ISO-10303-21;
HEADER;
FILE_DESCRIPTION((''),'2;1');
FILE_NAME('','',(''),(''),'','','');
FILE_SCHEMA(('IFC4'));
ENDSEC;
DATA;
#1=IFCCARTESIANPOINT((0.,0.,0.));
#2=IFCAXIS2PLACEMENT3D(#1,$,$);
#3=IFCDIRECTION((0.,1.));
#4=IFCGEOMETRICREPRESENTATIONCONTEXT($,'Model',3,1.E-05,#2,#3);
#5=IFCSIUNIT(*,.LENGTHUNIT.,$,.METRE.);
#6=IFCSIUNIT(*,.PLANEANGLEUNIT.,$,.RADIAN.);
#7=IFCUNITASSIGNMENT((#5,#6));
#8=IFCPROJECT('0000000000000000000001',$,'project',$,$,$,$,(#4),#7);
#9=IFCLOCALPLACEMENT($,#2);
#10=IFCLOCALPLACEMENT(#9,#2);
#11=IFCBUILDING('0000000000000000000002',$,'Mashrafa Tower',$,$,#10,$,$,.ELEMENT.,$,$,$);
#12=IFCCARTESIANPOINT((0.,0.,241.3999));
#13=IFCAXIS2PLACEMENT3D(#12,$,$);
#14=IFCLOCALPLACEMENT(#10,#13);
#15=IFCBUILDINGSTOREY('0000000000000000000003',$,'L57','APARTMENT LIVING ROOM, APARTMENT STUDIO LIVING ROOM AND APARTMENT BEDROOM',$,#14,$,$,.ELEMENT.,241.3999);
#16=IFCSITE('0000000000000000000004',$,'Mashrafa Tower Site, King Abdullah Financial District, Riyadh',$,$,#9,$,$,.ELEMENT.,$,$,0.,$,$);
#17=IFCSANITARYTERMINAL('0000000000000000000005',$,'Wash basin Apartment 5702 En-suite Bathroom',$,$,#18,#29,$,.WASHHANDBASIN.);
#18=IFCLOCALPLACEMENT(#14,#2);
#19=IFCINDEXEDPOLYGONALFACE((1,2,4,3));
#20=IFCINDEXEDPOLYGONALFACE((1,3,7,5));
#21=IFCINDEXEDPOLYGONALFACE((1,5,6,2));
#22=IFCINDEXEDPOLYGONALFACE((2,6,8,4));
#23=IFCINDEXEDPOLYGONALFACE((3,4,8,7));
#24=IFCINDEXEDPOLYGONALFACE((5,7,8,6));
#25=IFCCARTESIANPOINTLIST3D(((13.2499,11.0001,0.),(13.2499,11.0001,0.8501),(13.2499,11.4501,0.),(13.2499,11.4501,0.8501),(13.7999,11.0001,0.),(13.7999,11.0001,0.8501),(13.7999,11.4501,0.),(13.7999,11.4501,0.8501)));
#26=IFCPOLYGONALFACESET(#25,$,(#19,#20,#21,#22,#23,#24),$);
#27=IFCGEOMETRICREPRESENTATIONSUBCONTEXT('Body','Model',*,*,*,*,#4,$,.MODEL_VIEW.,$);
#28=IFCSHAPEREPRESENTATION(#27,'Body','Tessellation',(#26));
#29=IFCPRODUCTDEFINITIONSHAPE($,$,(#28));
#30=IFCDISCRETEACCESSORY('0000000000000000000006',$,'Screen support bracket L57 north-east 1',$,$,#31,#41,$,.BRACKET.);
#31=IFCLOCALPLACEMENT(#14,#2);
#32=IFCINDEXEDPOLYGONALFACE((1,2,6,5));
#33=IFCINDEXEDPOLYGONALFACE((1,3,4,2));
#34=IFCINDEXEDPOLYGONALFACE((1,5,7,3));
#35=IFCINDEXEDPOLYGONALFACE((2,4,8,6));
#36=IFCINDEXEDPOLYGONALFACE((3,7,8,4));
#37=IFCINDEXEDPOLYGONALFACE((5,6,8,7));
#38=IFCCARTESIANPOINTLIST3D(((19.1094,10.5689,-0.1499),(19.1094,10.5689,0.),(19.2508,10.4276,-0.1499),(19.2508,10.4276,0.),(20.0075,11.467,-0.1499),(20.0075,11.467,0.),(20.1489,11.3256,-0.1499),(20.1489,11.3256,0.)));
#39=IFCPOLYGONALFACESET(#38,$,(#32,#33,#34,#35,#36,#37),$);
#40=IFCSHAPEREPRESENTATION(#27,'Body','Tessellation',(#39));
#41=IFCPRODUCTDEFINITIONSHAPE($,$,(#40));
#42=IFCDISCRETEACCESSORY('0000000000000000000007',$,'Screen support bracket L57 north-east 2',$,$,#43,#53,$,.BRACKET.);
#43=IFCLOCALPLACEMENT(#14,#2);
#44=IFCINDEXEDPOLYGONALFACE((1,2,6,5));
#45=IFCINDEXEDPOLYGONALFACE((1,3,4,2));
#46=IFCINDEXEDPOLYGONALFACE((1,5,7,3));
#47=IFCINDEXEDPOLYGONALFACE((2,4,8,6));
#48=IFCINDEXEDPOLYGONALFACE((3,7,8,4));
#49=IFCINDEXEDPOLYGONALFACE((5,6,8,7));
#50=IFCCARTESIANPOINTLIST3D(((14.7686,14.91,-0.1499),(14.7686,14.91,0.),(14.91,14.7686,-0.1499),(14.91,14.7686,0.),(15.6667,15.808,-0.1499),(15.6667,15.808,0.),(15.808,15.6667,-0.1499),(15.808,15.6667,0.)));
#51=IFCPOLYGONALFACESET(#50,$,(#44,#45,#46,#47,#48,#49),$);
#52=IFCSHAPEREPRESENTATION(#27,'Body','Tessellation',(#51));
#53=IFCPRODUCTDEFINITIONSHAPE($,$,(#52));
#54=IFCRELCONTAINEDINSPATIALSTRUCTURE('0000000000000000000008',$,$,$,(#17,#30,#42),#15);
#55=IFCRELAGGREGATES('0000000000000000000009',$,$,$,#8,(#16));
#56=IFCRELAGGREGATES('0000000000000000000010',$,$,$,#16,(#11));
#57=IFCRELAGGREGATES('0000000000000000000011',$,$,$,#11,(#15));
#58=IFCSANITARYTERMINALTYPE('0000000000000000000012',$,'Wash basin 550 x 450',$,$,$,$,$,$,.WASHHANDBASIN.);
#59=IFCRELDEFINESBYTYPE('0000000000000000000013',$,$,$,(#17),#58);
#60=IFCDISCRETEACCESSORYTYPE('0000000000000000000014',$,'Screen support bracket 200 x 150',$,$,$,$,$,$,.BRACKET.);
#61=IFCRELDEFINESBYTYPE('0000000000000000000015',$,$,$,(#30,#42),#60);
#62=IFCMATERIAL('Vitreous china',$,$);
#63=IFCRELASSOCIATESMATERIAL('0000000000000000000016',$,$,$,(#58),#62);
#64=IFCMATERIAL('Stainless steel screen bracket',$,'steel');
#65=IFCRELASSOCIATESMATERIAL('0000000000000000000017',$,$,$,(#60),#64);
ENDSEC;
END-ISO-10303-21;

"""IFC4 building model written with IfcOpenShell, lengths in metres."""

from ifc_helpers import new_model, si_unit, direction, frame, origin, origin_2d, place, context, subcontext, project, spatial, rectangle, extrude, source, transform, mapped, material, type_object, type_shapes, element, save


model = new_model("IFC4")

# Units and contexts
model_context = context("Model", 3, precision=1e-05, world=origin(), true_north=direction((0.0, 1.0)))
body_context = subcontext(model_context, "Body", "Model", "MODEL_VIEW")
ifc_project = project(units=[si_unit("LENGTHUNIT", "METRE"), si_unit("PLANEANGLEUNIT", "RADIAN")], contexts=[model_context])

# Site, building, storey
site_placement = place(None, origin())
site = spatial("IfcSite", under=ifc_project, at=site_placement, Name="Mashrafa Tower Site, King Abdullah Financial District, Riyadh", CompositionType="ELEMENT", RefElevation=0.0)
building_placement = place(site_placement, origin())
building = spatial("IfcBuilding", under=site, at=building_placement, Name="Mashrafa Tower", CompositionType="ELEMENT")
storey_placement = place(building_placement, frame((0.0, 0.0, 241.3999)))
storey = spatial("IfcBuildingStorey", under=building, at=storey_placement, Name="L57", Description="APARTMENT LIVING ROOM, APARTMENT STUDIO LIVING ROOM AND APARTMENT BEDROOM", CompositionType="ELEMENT", Elevation=241.3999)

# Sanitary terminal
ifc_material_1 = material(Name="Vitreous china")
sanitary_terminal_type_1 = type_object("IfcSanitaryTerminalType", Name="Wash basin 550 x 450", PredefinedType="WASHHANDBASIN", material=ifc_material_1)
sanitary_terminal_1_placement = place(storey_placement, frame((13.5249, 11.2251, 0.0), z_axis=(0.0, 0.0, 1.0), x_axis=(-1.0, 0.0, 0.0)))
element("IfcSanitaryTerminal", 1, at=sanitary_terminal_1_placement, inside=storey, type_object=sanitary_terminal_type_1, Name="Wash basin Apartment 5702 En-suite Bathroom", PredefinedType="WASHHANDBASIN", context=body_context, shape_type="SweptSolid", body=[
    extrude(rectangle(XDim=0.55, YDim=0.45, at=origin_2d()), origin(), (0.0, 0.0, 1.0), 0.8501),
])

# Discrete accessories
ifc_material_2 = material(Name="Stainless steel screen bracket", Category="steel")
discrete_accessory_type = type_object("IfcDiscreteAccessoryType", Name="Screen support bracket 200 x 150", PredefinedType="BRACKET", material=ifc_material_2)
shared_shape_1 = source(origin(), body_context, "Body", "SweptSolid", [
    extrude(rectangle(XDim=0.2, YDim=1.27, at=origin_2d()), origin(), (0.0, 0.0, 1.0), 0.1499),
])
type_shapes(discrete_accessory_type, [shared_shape_1])
for number, where, z_axis, x_axis, name in (
    (2, (19.6292, 10.9473, -0.1499), (0.0, 0.0, 1.0), (-0.707107, 0.707107, 0.0), "Screen support bracket L57 north-east 1"),
    (3, (15.2883, 15.2883, -0.1499), (0.0, 0.0, 1.0), (-0.707107, 0.707107, 0.0), "Screen support bracket L57 north-east 2"),
):
    element("IfcDiscreteAccessory", number, at=place(storey_placement, frame(where, z_axis=z_axis, x_axis=x_axis)), inside=storey, type_object=discrete_accessory_type, Name=name, PredefinedType="BRACKET", context=body_context, shape_type="MappedRepresentation", body=[
        mapped(shared_shape_1, transform((0.0, 0.0, 0.0))),
    ])

save(model, "model.ifc")
